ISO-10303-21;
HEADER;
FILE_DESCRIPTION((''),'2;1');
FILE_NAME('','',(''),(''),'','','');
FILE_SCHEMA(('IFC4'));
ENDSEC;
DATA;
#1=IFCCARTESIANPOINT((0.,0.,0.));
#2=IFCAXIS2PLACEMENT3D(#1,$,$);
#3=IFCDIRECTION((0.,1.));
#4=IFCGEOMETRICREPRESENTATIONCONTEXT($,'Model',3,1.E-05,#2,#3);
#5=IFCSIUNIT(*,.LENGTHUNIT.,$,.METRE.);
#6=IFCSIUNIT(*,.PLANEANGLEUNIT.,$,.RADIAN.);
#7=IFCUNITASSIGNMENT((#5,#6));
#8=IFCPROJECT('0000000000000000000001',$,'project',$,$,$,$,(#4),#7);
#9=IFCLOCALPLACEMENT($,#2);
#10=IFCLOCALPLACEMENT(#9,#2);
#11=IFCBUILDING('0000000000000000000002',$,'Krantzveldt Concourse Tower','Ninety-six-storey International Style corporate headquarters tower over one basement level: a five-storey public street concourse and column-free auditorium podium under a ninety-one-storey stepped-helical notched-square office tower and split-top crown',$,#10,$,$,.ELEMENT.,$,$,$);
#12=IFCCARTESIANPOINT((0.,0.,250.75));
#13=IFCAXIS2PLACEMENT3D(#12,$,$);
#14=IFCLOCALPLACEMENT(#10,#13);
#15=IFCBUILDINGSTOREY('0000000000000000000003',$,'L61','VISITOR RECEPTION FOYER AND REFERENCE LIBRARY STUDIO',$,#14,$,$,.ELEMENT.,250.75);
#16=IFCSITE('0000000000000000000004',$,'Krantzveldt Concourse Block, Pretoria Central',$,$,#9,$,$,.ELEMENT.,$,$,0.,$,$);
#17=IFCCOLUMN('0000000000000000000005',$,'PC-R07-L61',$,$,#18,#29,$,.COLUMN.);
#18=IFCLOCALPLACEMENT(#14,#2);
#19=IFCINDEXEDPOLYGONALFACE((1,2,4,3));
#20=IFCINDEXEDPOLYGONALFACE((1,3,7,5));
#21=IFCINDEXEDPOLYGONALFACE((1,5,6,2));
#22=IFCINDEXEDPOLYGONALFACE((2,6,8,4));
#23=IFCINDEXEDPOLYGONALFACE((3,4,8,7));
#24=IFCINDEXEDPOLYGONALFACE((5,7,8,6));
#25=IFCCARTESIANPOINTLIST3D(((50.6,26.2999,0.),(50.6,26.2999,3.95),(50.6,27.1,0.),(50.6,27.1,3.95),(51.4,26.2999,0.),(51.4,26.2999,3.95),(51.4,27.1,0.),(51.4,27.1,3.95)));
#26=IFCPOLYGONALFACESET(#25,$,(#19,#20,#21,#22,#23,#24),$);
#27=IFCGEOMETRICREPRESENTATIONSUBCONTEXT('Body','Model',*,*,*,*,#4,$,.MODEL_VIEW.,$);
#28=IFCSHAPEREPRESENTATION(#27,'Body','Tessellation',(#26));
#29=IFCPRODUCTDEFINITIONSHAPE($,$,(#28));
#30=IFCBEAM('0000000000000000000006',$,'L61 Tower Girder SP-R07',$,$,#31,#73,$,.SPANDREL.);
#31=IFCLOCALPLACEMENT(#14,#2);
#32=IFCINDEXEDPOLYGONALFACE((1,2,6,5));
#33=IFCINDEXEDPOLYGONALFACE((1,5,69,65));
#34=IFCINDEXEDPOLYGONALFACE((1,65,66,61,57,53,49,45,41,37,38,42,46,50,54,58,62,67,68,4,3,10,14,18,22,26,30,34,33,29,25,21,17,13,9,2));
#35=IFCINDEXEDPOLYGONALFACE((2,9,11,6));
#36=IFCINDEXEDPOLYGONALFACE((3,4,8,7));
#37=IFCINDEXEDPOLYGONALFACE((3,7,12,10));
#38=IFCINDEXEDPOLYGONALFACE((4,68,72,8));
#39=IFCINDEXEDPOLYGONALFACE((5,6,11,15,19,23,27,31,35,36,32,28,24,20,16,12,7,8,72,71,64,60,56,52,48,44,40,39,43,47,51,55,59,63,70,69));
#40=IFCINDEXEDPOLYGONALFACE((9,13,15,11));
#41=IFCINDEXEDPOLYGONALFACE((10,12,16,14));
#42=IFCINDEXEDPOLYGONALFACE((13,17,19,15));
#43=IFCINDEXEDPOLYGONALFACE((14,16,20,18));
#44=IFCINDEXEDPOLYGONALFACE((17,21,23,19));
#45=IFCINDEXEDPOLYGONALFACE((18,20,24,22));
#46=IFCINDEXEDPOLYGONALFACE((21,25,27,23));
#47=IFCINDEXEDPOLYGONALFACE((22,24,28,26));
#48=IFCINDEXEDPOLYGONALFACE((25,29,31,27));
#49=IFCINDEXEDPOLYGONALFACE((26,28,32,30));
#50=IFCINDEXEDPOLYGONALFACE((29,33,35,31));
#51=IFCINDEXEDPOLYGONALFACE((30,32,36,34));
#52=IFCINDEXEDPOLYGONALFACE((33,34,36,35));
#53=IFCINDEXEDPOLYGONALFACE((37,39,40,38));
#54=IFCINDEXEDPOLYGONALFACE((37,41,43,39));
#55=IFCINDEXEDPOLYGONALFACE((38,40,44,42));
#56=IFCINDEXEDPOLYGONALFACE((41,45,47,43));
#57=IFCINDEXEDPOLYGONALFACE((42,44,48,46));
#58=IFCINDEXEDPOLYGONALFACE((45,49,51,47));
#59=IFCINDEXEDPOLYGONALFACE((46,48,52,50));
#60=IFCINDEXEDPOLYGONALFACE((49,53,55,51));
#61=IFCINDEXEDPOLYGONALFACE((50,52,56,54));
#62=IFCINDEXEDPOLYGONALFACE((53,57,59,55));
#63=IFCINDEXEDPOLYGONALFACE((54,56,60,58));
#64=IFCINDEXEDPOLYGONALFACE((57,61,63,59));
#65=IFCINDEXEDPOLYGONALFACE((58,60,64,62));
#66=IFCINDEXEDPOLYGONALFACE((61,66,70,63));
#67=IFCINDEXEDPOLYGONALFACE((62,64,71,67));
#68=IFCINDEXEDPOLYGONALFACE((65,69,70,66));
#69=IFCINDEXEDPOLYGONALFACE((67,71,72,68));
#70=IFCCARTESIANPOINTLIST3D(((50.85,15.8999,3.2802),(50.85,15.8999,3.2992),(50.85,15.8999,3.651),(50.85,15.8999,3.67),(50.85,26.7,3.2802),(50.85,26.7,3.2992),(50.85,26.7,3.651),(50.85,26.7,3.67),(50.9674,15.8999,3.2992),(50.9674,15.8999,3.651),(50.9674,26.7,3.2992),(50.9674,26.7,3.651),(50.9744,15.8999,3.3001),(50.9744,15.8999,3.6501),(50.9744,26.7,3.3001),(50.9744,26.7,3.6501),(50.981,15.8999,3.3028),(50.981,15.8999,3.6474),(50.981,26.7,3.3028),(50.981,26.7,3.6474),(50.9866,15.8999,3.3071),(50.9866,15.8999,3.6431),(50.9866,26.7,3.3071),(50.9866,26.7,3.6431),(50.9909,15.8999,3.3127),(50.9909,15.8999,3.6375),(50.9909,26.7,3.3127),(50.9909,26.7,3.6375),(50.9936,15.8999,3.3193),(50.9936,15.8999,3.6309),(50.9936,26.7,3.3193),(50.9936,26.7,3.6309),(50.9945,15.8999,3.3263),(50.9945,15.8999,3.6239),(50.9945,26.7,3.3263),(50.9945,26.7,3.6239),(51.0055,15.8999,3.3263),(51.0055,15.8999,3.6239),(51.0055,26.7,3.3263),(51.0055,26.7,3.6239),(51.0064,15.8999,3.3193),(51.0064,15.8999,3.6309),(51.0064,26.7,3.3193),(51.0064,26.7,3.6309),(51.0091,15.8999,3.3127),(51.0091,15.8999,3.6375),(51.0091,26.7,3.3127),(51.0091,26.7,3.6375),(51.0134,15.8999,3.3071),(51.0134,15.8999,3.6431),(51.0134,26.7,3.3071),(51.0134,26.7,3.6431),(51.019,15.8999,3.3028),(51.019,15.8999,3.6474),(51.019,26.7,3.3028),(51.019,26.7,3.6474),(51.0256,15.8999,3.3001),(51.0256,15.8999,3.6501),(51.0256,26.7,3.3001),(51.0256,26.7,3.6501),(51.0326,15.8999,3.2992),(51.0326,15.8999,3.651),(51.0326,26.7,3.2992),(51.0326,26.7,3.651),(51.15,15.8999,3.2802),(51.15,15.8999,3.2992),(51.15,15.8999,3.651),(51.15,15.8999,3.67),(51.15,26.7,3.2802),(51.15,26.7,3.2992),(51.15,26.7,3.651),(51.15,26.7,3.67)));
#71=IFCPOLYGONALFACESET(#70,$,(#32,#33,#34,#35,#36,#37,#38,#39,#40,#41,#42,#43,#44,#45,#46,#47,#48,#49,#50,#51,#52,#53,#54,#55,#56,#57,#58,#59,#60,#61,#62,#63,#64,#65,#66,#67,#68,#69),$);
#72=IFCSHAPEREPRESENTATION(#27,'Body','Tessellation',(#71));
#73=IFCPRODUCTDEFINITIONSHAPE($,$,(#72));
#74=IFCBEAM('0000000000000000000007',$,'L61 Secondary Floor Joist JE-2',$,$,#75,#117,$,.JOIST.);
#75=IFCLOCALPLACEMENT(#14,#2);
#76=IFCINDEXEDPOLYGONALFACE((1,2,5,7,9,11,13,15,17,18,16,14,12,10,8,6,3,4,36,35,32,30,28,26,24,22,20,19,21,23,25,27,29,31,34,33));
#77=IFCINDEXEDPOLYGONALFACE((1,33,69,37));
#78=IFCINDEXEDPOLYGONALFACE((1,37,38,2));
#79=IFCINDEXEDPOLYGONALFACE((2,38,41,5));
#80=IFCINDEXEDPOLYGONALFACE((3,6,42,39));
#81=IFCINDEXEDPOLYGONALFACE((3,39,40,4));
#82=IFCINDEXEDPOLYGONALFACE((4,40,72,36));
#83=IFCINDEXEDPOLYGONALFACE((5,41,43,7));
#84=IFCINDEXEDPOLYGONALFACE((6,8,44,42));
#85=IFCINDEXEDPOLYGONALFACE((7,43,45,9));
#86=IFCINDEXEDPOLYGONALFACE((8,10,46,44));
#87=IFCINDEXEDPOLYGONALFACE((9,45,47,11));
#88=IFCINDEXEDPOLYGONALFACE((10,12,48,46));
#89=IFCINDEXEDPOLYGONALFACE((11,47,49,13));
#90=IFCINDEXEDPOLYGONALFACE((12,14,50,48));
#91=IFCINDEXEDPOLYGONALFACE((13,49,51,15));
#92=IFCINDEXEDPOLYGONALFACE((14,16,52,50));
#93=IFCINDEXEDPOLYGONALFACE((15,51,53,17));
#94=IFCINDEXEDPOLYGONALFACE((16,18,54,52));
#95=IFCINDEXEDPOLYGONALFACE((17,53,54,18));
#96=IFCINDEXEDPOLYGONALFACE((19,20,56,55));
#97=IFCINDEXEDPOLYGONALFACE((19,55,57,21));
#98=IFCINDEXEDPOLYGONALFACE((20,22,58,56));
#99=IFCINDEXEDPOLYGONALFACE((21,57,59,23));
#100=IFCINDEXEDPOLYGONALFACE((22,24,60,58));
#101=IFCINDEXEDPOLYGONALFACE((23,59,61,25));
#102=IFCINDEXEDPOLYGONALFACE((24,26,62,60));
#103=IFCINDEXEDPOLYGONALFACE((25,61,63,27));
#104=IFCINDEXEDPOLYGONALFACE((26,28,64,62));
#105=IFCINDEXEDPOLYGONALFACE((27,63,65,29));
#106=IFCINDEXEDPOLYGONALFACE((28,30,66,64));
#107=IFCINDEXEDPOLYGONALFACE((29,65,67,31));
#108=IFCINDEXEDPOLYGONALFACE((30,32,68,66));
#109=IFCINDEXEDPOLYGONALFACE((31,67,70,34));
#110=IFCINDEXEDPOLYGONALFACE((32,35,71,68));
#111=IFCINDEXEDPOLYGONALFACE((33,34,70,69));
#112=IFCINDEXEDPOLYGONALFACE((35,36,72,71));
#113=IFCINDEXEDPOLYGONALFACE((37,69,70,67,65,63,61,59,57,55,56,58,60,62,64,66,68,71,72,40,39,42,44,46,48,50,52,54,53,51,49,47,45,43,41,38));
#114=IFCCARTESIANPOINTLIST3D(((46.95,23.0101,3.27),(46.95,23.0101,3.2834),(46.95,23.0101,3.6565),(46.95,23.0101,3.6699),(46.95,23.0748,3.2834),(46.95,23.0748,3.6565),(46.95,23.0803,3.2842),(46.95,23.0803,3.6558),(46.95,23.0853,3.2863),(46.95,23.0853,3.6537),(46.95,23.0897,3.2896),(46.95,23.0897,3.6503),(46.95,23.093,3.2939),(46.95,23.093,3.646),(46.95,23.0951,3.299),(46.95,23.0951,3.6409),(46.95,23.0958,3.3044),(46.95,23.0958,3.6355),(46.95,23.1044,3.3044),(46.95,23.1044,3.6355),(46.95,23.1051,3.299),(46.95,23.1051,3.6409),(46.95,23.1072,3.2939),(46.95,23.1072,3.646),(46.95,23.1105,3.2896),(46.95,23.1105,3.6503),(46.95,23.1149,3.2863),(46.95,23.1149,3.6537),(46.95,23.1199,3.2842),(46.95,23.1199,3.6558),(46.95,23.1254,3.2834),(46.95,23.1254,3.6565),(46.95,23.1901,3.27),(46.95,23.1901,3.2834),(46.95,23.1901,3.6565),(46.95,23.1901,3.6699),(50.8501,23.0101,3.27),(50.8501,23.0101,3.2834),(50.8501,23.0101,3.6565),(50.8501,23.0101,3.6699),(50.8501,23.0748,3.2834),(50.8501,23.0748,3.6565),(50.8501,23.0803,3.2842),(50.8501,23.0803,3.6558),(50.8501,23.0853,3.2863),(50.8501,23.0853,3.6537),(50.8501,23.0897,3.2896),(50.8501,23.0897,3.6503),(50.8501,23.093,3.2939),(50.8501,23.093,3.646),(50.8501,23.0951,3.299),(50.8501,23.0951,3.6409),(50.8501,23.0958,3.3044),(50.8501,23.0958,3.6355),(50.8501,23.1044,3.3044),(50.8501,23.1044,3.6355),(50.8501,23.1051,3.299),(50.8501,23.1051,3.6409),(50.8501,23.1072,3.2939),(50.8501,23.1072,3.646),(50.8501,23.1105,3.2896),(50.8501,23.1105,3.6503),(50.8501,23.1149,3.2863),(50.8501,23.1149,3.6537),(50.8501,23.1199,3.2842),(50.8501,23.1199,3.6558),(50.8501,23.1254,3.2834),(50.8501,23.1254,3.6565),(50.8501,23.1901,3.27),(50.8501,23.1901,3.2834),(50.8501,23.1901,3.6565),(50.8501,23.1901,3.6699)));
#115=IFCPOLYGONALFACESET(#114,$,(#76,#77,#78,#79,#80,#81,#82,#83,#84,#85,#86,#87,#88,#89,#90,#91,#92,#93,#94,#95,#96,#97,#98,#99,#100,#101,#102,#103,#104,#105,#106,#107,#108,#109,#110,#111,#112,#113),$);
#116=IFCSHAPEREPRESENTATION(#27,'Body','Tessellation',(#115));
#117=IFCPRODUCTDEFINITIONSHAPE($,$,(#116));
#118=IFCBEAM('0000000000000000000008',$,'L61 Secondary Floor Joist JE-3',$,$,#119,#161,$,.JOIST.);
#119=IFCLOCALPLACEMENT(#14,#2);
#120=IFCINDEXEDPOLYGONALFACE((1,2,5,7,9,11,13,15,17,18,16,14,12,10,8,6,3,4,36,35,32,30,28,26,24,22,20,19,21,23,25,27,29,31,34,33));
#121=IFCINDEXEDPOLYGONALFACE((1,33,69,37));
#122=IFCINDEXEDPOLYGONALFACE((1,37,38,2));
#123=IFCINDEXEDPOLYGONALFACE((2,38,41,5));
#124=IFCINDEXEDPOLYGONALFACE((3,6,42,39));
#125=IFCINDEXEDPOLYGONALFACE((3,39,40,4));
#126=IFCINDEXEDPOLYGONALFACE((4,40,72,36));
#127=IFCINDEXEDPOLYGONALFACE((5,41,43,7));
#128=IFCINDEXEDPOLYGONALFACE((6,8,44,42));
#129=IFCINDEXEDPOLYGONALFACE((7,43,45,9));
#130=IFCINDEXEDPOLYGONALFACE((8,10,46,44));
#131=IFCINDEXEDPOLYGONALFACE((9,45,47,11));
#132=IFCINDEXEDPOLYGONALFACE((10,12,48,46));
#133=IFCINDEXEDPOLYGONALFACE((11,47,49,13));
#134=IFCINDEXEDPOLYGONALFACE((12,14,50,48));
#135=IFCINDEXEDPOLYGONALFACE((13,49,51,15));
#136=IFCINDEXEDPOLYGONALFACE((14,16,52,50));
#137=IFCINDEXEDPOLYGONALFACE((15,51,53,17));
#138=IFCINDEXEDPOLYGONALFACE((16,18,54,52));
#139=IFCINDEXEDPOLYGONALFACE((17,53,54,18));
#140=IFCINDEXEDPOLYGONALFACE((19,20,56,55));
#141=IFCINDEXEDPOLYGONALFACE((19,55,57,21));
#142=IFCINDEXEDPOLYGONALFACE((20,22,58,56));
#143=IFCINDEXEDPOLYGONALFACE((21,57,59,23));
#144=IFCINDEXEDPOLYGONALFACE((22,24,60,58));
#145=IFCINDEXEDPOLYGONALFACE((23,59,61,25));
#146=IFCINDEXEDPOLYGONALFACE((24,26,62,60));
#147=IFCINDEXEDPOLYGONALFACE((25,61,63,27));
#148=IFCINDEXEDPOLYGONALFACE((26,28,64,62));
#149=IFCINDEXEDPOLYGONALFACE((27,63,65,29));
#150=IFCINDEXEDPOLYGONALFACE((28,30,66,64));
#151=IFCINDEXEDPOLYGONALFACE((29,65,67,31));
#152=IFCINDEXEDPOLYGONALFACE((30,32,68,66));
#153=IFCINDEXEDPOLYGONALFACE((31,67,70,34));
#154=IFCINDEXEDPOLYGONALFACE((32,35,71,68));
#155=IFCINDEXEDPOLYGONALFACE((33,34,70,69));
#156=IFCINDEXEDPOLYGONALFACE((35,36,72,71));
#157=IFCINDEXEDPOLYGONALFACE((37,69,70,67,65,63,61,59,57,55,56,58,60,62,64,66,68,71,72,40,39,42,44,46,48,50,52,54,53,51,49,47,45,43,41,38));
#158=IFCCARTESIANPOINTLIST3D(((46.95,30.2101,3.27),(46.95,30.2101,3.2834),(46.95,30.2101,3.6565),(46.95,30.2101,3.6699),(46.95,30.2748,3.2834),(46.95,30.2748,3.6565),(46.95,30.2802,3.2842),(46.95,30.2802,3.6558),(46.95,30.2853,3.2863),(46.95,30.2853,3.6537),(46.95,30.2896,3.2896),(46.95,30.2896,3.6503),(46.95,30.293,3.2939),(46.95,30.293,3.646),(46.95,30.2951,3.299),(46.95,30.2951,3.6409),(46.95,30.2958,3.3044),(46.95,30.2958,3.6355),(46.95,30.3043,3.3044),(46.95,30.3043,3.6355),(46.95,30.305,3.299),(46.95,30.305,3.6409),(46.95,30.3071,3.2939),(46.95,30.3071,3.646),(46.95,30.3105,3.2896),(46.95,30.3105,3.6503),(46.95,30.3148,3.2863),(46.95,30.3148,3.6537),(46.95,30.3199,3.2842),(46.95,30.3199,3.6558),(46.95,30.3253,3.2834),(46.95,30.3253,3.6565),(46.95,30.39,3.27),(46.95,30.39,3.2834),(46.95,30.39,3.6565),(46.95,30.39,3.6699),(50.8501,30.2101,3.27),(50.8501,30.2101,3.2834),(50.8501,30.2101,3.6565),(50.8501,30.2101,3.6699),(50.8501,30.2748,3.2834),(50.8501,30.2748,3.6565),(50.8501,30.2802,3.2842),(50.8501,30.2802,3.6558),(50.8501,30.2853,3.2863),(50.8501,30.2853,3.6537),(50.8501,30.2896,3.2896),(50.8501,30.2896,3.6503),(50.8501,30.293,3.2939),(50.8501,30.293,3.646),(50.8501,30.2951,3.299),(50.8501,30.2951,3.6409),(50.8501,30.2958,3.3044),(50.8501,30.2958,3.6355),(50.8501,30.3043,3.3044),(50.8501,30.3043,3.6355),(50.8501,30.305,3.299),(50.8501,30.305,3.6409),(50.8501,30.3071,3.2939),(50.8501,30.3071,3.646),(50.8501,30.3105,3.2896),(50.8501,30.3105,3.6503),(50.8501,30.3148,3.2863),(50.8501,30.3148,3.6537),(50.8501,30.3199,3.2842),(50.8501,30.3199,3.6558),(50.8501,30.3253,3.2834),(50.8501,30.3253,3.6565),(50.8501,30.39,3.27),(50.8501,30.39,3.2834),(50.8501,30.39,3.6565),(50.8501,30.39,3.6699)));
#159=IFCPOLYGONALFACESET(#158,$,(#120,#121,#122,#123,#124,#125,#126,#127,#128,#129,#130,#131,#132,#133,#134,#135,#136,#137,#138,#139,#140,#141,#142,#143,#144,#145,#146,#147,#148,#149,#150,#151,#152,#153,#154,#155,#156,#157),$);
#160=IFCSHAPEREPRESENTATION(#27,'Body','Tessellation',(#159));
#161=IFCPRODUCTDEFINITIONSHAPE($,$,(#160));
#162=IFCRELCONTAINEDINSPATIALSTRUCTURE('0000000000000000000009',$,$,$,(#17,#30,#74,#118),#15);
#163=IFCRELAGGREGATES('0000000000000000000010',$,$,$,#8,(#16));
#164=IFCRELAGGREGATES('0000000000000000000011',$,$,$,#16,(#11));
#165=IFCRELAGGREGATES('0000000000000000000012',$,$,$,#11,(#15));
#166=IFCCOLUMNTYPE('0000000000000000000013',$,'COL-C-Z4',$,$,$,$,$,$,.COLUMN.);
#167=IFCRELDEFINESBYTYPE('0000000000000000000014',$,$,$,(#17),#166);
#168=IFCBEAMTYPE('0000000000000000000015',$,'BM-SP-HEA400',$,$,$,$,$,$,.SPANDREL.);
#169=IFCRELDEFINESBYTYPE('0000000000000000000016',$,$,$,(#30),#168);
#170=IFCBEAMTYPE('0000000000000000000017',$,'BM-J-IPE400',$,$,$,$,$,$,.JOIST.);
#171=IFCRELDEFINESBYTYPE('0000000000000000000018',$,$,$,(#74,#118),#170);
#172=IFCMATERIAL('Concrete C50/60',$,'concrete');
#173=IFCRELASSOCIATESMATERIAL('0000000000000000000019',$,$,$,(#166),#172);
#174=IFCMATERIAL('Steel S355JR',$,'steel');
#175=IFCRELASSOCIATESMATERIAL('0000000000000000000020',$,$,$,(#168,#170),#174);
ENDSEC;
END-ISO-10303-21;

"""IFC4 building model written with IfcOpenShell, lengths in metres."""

from ifc_helpers import new_model, si_unit, direction, frame, origin, origin_2d, place, context, subcontext, project, spatial, rectangle, i_section, extrude, source, transform, mapped, material, material_profile, profile_set, type_object, type_shapes, element, save


model = new_model("IFC4")

# Units and contexts
model_context = context("Model", 3, precision=1e-05, world=origin(), true_north=direction((0.0, 1.0)))
body_context = subcontext(model_context, "Body", "Model", "MODEL_VIEW")
ifc_project = project(units=[si_unit("LENGTHUNIT", "METRE"), si_unit("PLANEANGLEUNIT", "RADIAN")], contexts=[model_context])

# Site, building, storey
site_placement = place(None, origin())
site = spatial("IfcSite", under=ifc_project, at=site_placement, Name="Krantzveldt Concourse Block, Pretoria Central", CompositionType="ELEMENT", RefElevation=0.0)
building_placement = place(site_placement, origin())
building = spatial("IfcBuilding", under=site, at=building_placement, Name="Krantzveldt Concourse Tower", Description="Ninety-six-storey International Style corporate headquarters tower over one basement level: a five-storey public street concourse and column-free auditorium podium under a ninety-one-storey stepped-helical notched-square office tower and split-top crown", CompositionType="ELEMENT")
storey_placement = place(building_placement, frame((0.0, 0.0, 250.75)))
storey = spatial("IfcBuildingStorey", under=building, at=storey_placement, Name="L61", Description="VISITOR RECEPTION FOYER AND REFERENCE LIBRARY STUDIO", CompositionType="ELEMENT", Elevation=250.75)

# Column
ifc_material_1 = material(Name="Concrete C50/60", Category="concrete")
ifc_material_profile_1 = material_profile(ifc_material_1, rectangle(XDim=0.8, YDim=0.8, at=origin_2d()), Name="Concrete C50/60", Category="concrete")
ifc_profile_set_1 = profile_set([ifc_material_profile_1], Name="Concrete C50/60 - RC 800x800")
column_type = type_object("IfcColumnType", Name="COL-C-Z4", PredefinedType="COLUMN", material=ifc_profile_set_1)
shared_shape_1 = source(origin(), body_context, "Body", "SweptSolid", [
    extrude(rectangle(XDim=0.8, YDim=0.8, at=origin_2d()), origin(), (0.0, 0.0, 1.0), 3.95),
])
type_shapes(column_type, [shared_shape_1])
column_placement = place(storey_placement, frame((51.0, 26.7, 0.0), z_axis=(0.0, 0.0, 1.0), x_axis=(1.0, 0.0, 0.0)))
element("IfcColumn", 1, at=column_placement, inside=storey, type_object=column_type, Name="PC-R07-L61", PredefinedType="COLUMN", context=body_context, shape_type="MappedRepresentation", body=[
    mapped(shared_shape_1, transform((0.0, 0.0, 0.0), x_axis=(1.0, 0.0, 0.0), y_axis=(0.0, 1.0, 0.0), z_axis=(0.0, 0.0, 1.0), scale=1.0)),
])

# Beams
ifc_material_2 = material(Name="Steel S355JR", Category="steel")
ifc_material_profile_2 = material_profile(ifc_material_2, i_section(OverallWidth=0.3, OverallDepth=0.3899, WebThickness=0.011, FlangeThickness=0.019, FilletRadius=0.0271, at=origin_2d()), Name="Steel S355JR", Category="steel")
ifc_profile_set_2 = profile_set([ifc_material_profile_2], Name="Steel S355JR - HEA 400")
beam_type_1 = type_object("IfcBeamType", Name="BM-SP-HEA400", PredefinedType="SPANDREL", material=ifc_profile_set_2)
shared_shape_2 = source(origin(), body_context, "Body", "SweptSolid", [
    extrude(i_section(OverallWidth=0.3, OverallDepth=0.3899, WebThickness=0.011, FlangeThickness=0.019, FilletRadius=0.0271, at=origin_2d()), origin(), (0.0, 0.0, 1.0), 10.8),
])
type_shapes(beam_type_1, [shared_shape_2])
beam_placement = place(storey_placement, frame((51.0, 26.7, 3.4751), z_axis=(0.0, -1.0, 0.0), x_axis=(1.0, 0.0, 0.0)))
element("IfcBeam", 2, at=beam_placement, inside=storey, type_object=beam_type_1, Name="L61 Tower Girder SP-R07", PredefinedType="SPANDREL", context=body_context, shape_type="MappedRepresentation", body=[
    mapped(shared_shape_2, transform((0.0, 0.0, 0.0), x_axis=(1.0, 0.0, 0.0), y_axis=(0.0, 1.0, 0.0), z_axis=(0.0, 0.0, 1.0), scale=1.0)),
])
ifc_material_profile_3 = material_profile(ifc_material_2, i_section(OverallWidth=0.1799, OverallDepth=0.3999, WebThickness=0.0085, FlangeThickness=0.0134, FilletRadius=0.021, at=origin_2d()), Name="Steel S355JR", Category="steel")
ifc_profile_set_3 = profile_set([ifc_material_profile_3], Name="Steel S355JR - IPE 400")
beam_type_2 = type_object("IfcBeamType", Name="BM-J-IPE400", PredefinedType="JOIST", material=ifc_profile_set_3)
shared_shape_3 = source(origin(), body_context, "Body", "SweptSolid", [
    extrude(i_section(OverallWidth=0.1799, OverallDepth=0.3999, WebThickness=0.0085, FlangeThickness=0.0134, FilletRadius=0.021, at=origin_2d()), origin(), (0.0, 0.0, 1.0), 3.9001),
])
type_shapes(beam_type_2, [shared_shape_3])
for number, where, z_axis, x_axis, name in (
    (3, (46.95, 23.1001, 3.47), (1.0, 0.0, 0.0), (0.0, 1.0, 0.0), "L61 Secondary Floor Joist JE-2"),
    (4, (46.95, 30.3, 3.47), (1.0, 0.0, 0.0), (0.0, 1.0, 0.0), "L61 Secondary Floor Joist JE-3"),
):
    element("IfcBeam", number, at=place(storey_placement, frame(where, z_axis=z_axis, x_axis=x_axis)), inside=storey, type_object=beam_type_2, Name=name, PredefinedType="JOIST", context=body_context, shape_type="MappedRepresentation", body=[
        mapped(shared_shape_3, transform((0.0, 0.0, 0.0), x_axis=(1.0, 0.0, 0.0), y_axis=(0.0, 1.0, 0.0), z_axis=(0.0, 0.0, 1.0), scale=1.0)),
    ])

save(model, "model.ifc")
